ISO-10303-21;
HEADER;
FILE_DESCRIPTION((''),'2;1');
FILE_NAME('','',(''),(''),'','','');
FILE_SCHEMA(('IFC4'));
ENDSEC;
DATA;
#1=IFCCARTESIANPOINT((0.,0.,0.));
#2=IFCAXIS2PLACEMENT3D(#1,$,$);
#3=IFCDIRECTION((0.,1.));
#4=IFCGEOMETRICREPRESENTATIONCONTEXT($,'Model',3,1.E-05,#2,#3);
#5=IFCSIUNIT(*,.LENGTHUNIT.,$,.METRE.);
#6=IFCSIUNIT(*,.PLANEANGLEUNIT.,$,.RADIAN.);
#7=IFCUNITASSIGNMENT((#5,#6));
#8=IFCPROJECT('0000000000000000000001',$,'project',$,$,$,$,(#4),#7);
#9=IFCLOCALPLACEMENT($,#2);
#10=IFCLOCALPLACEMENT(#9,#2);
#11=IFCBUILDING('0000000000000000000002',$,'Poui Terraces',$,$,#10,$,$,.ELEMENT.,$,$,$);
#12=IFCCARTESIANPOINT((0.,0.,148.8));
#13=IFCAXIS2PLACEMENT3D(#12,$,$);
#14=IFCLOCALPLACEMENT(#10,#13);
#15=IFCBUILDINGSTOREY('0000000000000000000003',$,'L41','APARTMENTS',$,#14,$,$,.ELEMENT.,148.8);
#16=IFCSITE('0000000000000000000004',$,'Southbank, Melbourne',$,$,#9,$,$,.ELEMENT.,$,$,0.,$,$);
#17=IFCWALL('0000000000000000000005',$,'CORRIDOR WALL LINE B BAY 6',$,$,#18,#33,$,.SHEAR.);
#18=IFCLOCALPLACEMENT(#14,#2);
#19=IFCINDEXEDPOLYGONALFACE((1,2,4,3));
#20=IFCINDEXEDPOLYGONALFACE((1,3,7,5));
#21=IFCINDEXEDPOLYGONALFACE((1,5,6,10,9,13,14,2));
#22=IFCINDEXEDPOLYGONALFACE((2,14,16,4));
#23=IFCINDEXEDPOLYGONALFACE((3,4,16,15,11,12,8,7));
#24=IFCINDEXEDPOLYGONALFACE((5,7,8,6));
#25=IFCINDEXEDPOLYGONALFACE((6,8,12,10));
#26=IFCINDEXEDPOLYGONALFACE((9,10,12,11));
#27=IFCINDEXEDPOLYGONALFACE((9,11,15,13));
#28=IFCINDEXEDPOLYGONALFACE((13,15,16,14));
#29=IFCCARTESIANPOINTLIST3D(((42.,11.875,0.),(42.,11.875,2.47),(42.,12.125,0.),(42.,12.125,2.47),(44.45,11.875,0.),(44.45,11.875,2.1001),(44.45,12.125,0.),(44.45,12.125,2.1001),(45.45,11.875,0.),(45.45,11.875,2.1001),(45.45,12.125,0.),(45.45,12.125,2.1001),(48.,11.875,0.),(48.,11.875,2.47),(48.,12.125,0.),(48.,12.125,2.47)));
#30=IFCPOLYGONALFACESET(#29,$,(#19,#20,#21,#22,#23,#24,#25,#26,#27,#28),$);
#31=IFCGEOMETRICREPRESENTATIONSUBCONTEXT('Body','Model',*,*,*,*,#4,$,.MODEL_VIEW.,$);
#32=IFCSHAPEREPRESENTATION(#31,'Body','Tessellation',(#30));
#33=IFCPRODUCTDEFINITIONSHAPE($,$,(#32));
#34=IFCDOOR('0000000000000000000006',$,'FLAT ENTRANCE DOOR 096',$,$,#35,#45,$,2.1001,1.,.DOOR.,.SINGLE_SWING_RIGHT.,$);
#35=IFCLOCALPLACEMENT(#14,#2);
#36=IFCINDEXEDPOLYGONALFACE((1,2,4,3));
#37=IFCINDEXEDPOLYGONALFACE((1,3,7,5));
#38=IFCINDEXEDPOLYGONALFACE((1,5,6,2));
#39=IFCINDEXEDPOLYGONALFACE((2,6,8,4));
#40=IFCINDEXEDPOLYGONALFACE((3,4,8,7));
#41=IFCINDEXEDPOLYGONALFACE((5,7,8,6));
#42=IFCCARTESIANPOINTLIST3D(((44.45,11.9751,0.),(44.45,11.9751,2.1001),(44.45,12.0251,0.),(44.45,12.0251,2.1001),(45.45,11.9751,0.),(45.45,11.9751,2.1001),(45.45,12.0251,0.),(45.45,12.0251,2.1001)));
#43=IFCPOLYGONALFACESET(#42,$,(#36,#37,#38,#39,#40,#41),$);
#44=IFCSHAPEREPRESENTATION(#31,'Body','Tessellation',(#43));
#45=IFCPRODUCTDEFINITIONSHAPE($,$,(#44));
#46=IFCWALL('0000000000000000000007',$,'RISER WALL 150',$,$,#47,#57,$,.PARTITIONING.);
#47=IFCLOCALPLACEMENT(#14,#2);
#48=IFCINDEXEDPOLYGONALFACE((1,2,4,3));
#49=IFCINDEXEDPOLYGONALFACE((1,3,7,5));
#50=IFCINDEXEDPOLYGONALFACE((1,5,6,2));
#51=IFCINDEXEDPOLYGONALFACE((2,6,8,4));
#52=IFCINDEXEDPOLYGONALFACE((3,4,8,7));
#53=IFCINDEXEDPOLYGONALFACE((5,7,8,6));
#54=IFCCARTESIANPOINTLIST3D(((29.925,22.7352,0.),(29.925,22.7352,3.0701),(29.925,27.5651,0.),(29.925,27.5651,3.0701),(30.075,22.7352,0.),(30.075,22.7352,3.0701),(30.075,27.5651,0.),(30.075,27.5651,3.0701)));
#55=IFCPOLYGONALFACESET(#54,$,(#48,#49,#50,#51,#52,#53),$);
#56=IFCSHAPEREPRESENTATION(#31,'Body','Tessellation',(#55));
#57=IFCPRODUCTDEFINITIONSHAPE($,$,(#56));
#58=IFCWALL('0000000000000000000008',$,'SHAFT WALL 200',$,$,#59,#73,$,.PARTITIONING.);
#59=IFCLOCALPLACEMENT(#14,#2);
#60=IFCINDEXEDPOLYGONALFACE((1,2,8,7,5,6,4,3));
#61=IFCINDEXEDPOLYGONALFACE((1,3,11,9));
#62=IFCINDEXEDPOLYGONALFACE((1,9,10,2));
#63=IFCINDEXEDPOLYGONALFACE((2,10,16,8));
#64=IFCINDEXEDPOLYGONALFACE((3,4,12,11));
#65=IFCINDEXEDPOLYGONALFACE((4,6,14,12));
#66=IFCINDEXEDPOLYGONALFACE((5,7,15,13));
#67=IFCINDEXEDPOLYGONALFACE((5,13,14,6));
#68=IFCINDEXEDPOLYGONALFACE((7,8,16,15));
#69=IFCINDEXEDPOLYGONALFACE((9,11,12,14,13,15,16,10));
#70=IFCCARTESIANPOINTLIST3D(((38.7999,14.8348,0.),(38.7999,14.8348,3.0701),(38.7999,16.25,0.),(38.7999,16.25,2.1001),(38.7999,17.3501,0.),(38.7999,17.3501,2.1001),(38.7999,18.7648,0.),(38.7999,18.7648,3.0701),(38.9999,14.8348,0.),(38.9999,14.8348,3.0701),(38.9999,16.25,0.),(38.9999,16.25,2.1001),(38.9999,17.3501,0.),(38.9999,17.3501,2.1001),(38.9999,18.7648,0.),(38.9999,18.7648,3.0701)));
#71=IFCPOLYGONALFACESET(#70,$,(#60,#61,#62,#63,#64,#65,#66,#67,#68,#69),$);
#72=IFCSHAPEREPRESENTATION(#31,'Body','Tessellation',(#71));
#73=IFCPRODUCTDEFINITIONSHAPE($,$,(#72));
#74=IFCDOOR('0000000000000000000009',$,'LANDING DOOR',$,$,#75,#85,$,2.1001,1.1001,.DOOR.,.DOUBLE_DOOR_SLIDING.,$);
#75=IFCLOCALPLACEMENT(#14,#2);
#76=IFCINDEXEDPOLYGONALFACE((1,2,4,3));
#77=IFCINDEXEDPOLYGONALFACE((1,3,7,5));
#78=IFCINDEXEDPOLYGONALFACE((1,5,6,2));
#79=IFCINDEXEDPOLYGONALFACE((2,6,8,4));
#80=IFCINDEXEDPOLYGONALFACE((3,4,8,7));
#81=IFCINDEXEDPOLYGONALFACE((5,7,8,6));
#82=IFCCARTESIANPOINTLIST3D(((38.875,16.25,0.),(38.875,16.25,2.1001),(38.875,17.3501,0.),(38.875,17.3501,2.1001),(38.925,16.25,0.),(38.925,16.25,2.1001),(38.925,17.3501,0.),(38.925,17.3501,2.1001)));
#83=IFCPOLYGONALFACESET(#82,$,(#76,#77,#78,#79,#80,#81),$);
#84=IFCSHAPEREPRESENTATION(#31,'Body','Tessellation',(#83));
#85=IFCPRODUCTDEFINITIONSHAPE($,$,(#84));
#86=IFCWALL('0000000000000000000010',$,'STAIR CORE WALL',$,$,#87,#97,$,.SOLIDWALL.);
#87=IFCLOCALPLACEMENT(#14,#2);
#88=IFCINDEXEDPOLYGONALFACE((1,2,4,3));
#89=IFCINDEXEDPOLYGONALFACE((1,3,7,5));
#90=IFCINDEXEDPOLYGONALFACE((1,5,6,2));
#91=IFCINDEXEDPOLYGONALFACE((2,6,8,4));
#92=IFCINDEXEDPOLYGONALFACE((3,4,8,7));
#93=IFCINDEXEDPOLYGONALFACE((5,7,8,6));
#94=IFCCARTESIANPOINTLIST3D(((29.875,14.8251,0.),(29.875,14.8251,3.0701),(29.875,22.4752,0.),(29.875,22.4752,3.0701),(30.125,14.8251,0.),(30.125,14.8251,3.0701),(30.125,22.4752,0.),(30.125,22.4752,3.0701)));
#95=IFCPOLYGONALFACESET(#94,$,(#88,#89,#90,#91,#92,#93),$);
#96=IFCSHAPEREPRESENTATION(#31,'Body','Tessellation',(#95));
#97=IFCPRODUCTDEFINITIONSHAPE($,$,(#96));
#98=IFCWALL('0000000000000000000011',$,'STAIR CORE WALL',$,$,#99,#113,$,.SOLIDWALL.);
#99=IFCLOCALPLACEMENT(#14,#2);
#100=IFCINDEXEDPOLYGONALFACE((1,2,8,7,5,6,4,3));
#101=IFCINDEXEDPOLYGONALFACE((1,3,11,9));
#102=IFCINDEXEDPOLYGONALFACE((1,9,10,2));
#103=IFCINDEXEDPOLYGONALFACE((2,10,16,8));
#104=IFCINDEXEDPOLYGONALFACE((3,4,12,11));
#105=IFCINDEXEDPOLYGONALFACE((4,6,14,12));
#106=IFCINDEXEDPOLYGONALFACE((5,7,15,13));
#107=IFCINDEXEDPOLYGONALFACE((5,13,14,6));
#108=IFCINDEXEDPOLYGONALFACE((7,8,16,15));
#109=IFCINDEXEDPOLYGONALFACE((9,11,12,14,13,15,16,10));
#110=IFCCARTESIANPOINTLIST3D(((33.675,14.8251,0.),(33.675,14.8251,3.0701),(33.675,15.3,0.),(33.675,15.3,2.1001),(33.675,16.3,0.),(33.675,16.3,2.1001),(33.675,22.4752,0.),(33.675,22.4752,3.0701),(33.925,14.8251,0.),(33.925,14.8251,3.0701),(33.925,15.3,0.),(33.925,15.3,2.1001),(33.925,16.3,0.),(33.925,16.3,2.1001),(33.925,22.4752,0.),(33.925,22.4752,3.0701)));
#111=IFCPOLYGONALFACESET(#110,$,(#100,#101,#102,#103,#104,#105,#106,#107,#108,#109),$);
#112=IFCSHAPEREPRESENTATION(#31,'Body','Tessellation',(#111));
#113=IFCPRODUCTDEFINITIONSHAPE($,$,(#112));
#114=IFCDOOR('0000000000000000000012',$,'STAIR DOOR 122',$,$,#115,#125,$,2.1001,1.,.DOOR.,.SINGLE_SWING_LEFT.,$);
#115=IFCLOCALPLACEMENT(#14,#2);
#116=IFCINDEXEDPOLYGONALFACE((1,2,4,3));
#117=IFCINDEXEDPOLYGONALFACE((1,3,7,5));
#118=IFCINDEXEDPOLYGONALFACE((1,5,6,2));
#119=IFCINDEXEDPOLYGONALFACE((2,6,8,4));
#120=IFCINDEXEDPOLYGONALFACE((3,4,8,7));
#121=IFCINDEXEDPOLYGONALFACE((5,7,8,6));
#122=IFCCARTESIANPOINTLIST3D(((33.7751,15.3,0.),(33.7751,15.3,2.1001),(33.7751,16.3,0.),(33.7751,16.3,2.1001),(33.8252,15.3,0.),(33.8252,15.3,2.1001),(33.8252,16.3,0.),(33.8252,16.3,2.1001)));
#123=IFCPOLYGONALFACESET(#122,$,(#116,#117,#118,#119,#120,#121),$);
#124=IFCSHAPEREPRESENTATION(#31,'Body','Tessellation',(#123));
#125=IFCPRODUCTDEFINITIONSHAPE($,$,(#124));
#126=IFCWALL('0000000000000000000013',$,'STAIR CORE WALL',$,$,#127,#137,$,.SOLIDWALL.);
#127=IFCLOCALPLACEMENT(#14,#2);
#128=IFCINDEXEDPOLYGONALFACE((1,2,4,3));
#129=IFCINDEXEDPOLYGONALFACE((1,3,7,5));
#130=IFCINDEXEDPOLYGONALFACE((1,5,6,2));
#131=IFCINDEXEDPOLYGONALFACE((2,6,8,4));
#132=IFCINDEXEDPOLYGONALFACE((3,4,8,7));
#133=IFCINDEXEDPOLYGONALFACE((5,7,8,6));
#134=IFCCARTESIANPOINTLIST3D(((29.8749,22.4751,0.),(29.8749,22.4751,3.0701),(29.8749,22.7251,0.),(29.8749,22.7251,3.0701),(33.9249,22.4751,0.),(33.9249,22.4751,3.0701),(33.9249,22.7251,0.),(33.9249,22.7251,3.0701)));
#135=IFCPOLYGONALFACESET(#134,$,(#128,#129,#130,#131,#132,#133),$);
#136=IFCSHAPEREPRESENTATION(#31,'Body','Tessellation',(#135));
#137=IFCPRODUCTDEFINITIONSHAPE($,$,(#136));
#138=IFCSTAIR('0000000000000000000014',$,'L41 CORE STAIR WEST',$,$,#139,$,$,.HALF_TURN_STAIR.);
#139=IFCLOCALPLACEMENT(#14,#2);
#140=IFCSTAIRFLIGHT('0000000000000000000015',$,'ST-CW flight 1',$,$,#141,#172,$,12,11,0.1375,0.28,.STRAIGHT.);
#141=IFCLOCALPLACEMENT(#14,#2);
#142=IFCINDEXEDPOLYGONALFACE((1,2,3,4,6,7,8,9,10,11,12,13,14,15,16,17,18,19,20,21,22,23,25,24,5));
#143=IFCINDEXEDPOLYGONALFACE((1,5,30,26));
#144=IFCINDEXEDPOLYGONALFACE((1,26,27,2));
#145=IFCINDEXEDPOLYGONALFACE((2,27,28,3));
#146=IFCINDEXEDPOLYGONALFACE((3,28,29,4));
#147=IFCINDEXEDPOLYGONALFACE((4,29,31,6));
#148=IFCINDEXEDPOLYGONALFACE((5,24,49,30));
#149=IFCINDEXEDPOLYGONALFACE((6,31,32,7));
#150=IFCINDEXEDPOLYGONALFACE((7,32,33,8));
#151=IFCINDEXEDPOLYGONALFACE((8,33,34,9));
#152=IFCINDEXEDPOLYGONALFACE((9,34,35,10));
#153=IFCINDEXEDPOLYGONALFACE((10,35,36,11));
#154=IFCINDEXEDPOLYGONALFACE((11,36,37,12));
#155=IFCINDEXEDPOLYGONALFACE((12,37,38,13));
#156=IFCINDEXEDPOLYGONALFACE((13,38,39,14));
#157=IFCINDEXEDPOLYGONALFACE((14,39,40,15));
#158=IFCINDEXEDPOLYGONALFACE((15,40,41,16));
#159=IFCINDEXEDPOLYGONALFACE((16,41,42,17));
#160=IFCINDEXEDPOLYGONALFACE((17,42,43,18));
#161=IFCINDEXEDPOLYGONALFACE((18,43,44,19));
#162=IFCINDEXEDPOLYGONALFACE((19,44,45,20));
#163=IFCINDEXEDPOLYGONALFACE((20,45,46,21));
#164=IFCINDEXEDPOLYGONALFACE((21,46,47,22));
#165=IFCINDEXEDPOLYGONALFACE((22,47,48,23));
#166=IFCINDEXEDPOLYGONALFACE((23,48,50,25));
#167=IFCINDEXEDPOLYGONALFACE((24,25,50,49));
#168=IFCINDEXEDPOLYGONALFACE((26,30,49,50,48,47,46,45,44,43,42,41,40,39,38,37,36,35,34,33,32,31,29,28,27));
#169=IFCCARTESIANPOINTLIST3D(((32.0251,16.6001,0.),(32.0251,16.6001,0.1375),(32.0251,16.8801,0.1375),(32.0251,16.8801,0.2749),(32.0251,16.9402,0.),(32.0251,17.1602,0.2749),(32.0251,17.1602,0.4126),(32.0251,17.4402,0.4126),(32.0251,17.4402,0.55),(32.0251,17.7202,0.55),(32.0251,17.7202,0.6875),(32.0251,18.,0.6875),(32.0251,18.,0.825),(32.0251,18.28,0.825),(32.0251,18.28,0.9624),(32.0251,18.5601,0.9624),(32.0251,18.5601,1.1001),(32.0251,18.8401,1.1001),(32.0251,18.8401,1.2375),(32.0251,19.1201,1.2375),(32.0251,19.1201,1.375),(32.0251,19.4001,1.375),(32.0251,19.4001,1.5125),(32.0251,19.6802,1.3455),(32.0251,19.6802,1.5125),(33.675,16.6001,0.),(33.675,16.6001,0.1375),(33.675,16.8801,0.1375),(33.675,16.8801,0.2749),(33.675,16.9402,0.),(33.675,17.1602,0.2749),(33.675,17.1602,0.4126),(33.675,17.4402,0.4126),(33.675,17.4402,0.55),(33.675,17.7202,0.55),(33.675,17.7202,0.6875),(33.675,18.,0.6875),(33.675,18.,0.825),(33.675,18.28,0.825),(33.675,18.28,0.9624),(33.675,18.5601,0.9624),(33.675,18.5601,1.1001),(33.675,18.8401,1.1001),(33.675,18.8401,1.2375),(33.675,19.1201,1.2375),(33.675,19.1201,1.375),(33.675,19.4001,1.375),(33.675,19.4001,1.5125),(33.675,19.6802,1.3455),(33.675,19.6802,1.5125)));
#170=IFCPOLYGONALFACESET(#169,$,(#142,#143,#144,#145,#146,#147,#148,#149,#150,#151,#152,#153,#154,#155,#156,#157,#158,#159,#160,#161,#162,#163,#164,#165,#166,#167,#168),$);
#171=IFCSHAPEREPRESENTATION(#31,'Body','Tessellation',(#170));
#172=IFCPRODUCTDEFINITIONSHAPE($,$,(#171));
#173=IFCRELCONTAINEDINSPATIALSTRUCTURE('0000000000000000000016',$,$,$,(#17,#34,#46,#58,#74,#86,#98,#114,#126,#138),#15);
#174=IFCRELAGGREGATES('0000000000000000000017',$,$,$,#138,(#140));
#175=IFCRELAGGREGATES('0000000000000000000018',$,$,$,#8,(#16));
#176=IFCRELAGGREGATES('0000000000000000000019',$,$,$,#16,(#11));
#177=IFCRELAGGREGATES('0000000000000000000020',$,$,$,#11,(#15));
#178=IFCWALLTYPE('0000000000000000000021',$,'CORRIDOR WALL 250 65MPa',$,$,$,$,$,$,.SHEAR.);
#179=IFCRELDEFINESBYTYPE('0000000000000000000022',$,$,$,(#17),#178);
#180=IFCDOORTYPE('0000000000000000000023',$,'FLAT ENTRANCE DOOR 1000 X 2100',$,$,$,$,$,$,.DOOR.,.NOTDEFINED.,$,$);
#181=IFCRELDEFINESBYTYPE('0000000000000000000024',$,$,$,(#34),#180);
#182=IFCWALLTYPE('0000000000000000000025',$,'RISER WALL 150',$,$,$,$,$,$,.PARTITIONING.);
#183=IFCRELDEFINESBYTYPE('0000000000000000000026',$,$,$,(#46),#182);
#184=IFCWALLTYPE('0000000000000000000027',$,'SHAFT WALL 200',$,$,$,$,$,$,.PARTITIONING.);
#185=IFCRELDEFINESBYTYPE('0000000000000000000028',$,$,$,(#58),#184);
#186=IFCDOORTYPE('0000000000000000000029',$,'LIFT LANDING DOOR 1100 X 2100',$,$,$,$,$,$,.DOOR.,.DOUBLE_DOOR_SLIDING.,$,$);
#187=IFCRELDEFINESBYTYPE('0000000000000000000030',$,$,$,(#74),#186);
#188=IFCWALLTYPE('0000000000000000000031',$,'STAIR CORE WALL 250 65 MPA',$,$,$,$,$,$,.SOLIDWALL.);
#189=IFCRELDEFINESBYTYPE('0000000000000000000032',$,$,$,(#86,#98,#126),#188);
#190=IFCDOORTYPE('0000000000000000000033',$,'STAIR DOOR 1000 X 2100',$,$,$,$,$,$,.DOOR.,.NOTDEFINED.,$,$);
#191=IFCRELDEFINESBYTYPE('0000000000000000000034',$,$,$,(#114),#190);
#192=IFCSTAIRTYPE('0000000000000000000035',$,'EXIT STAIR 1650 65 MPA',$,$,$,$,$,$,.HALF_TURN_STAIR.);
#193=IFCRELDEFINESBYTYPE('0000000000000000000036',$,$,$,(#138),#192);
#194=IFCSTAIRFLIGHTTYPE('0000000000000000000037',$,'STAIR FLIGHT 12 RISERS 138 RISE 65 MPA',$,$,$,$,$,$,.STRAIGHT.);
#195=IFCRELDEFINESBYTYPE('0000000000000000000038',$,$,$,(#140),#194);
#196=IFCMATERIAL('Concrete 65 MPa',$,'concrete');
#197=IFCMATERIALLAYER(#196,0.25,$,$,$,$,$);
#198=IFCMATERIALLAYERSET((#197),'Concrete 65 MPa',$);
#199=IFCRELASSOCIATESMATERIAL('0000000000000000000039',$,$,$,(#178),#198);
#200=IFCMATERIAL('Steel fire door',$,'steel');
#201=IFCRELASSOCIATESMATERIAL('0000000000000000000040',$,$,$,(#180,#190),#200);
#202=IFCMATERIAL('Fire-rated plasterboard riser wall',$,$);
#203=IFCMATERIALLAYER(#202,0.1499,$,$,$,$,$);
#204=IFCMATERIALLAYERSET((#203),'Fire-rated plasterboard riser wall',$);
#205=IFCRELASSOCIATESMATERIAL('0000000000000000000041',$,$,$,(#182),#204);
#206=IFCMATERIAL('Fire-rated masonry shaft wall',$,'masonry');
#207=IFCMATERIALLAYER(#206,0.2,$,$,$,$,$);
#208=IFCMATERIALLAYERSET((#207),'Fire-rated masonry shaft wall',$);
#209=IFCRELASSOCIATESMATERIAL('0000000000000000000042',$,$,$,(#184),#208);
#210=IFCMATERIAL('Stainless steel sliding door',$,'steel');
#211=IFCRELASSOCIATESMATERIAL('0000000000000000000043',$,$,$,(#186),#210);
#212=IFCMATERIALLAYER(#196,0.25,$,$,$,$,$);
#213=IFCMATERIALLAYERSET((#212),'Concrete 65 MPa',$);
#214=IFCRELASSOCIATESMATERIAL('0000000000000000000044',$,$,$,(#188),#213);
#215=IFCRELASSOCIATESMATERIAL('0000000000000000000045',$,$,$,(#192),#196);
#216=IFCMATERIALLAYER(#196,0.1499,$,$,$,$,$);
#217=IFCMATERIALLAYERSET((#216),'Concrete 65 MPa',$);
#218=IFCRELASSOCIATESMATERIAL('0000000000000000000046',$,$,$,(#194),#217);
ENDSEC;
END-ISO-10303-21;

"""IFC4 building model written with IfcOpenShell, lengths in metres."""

from ifc_helpers import new_model, si_unit, direction, frame, frame_2d, origin, place, context, subcontext, project, spatial, polyline, rectangle, outline, extrude, material, layer, layer_set, type_object, element, fill, aggregate, save


model = new_model("IFC4")

# Units and contexts
model_context = context("Model", 3, precision=1e-05, world=origin(), true_north=direction((0.0, 1.0)))
body_context = subcontext(model_context, "Body", "Model", "MODEL_VIEW")
ifc_project = project(units=[si_unit("LENGTHUNIT", "METRE"), si_unit("PLANEANGLEUNIT", "RADIAN")], contexts=[model_context])

# Site, building, storey
site_placement = place(None, origin())
site = spatial("IfcSite", under=ifc_project, at=site_placement, Name="Southbank, Melbourne", CompositionType="ELEMENT", RefElevation=0.0)
building_placement = place(site_placement, origin())
building = spatial("IfcBuilding", under=site, at=building_placement, Name="Poui Terraces", CompositionType="ELEMENT")
storey_placement = place(building_placement, frame((0.0, 0.0, 148.8)))
storey = spatial("IfcBuildingStorey", under=building, at=storey_placement, Name="L41", Description="APARTMENTS", CompositionType="ELEMENT", Elevation=148.8)

# Shared definitions
ifc_material_1 = material(Name="Concrete 65 MPa", Category="concrete")

# Shared definitions
ifc_material_2 = material(Name="Steel fire door", Category="steel")

# Shared definitions
ifc_layer_1 = layer(ifc_material_1, 0.25)
ifc_layer_set_1 = layer_set([ifc_layer_1], Name="Concrete 65 MPa")
wall_type_1 = type_object("IfcWallType", Name="CORRIDOR WALL 250 65MPa", PredefinedType="SHEAR", material=ifc_layer_set_1)
door_type_1 = type_object("IfcDoorType", Name="FLAT ENTRANCE DOOR 1000 X 2100", OperationType="NOTDEFINED", PredefinedType="DOOR", material=ifc_material_2)

# Wall, opening, door
wall_1_placement = place(storey_placement, frame((42.0, 12.0, 0.0), z_axis=(0.0, 0.0, 1.0), x_axis=(1.0, 0.0, 0.0)))
wall_1 = element("IfcWall", 1, at=wall_1_placement, inside=storey, type_object=wall_type_1, Name="CORRIDOR WALL LINE B BAY 6", PredefinedType="SHEAR", context=body_context, shape_type="SweptSolid", body=[
    extrude(rectangle(XDim=6.0, YDim=0.25, at=frame_2d((3.0, 0.0))), origin(), (0.0, 0.0, 1.0), 2.47),
])
opening_1_placement = place(wall_1_placement, frame((2.45, 0.0, 0.0)))
opening_1 = element("IfcOpeningElement", 2, at=opening_1_placement, cuts=wall_1, PredefinedType="OPENING", context=body_context, shape_type="SweptSolid", body=[
    extrude(rectangle(XDim=1.0, YDim=2.1001, at=frame_2d((0.5, 1.05))), frame((0.0, 0.135, 0.0), z_axis=(0.0, -1.0, 0.0), x_axis=(1.0, 0.0, 0.0)), (0.0, 0.0, 1.0), 0.27),
])
door_1_placement = place(opening_1_placement, frame((1.0, 0.0, 0.0), z_axis=(0.0, 0.0, 1.0), x_axis=(-1.0, 0.0, 0.0)))
door_1 = element("IfcDoor", 3, at=door_1_placement, inside=storey, type_object=door_type_1, Name="FLAT ENTRANCE DOOR 096", OperationType="SINGLE_SWING_RIGHT", OverallHeight=2.1001, OverallWidth=1.0, PredefinedType="DOOR", context=body_context, shape_type="SweptSolid", body=[
    extrude(rectangle(XDim=1.0, YDim=2.1001, at=frame_2d((0.5, 1.05))), frame((0.0, 0.0249, 0.0), z_axis=(0.0, -1.0, 0.0), x_axis=(1.0, 0.0, 0.0)), (0.0, 0.0, 1.0), 0.05),
])
fill(opening_1, door_1)

# Wall
ifc_material_3 = material(Name="Fire-rated plasterboard riser wall")
ifc_layer_2 = layer(ifc_material_3, 0.1499)
ifc_layer_set_2 = layer_set([ifc_layer_2], Name="Fire-rated plasterboard riser wall")
wall_type_2 = type_object("IfcWallType", Name="RISER WALL 150", PredefinedType="PARTITIONING", material=ifc_layer_set_2)
wall_2_placement = place(storey_placement, frame((30.0, 22.7351, 0.0), z_axis=(0.0, 0.0, 1.0), x_axis=(0.0, 1.0, 0.0)))
element("IfcWall", 4, at=wall_2_placement, inside=storey, type_object=wall_type_2, Name="RISER WALL 150", PredefinedType="PARTITIONING", context=body_context, shape_type="SweptSolid", body=[
    extrude(rectangle(XDim=4.8298, YDim=0.1499, at=frame_2d((2.415, 0.0))), origin(), (0.0, 0.0, 1.0), 3.0701),
])

# Wall, opening, door
ifc_material_4 = material(Name="Fire-rated masonry shaft wall", Category="masonry")
ifc_layer_3 = layer(ifc_material_4, 0.2)
ifc_layer_set_3 = layer_set([ifc_layer_3], Name="Fire-rated masonry shaft wall")
wall_type_3 = type_object("IfcWallType", Name="SHAFT WALL 200", PredefinedType="PARTITIONING", material=ifc_layer_set_3)
wall_3_placement = place(storey_placement, frame((38.8999, 14.835, 0.0), z_axis=(0.0, 0.0, 1.0), x_axis=(0.0, 1.0, 0.0)))
wall_3 = element("IfcWall", 5, at=wall_3_placement, inside=storey, type_object=wall_type_3, Name="SHAFT WALL 200", PredefinedType="PARTITIONING", context=body_context, shape_type="SweptSolid", body=[
    extrude(rectangle(XDim=3.9299, YDim=0.2, at=frame_2d((1.9648, 0.0))), origin(), (0.0, 0.0, 1.0), 3.0701),
])
opening_2_placement = place(wall_3_placement, frame((1.415, 0.0, 0.0)))
opening_2 = element("IfcOpeningElement", 6, at=opening_2_placement, cuts=wall_3, PredefinedType="OPENING", context=body_context, shape_type="SweptSolid", body=[
    extrude(rectangle(XDim=1.1001, YDim=2.1001, at=frame_2d((0.55, 1.05))), frame((0.0, 0.1099, 0.0), z_axis=(0.0, -1.0, 0.0), x_axis=(1.0, 0.0, 0.0)), (0.0, 0.0, 1.0), 0.22),
])
ifc_material_5 = material(Name="Stainless steel sliding door", Category="steel")
door_type_2 = type_object("IfcDoorType", Name="LIFT LANDING DOOR 1100 X 2100", OperationType="DOUBLE_DOOR_SLIDING", PredefinedType="DOOR", material=ifc_material_5)
door_2_placement = place(opening_2_placement, origin())
door_2 = element("IfcDoor", 7, at=door_2_placement, inside=storey, type_object=door_type_2, Name="LANDING DOOR", OperationType="DOUBLE_DOOR_SLIDING", OverallHeight=2.1001, OverallWidth=1.1001, PredefinedType="DOOR", context=body_context, shape_type="SweptSolid", body=[
    extrude(rectangle(XDim=1.1001, YDim=2.1001, at=frame_2d((0.55, 1.05))), frame((0.0, 0.0249, 0.0), z_axis=(0.0, -1.0, 0.0), x_axis=(1.0, 0.0, 0.0)), (0.0, 0.0, 1.0), 0.05),
])
fill(opening_2, door_2)

# Wall
ifc_layer_4 = layer(ifc_material_1, 0.25)
ifc_layer_set_4 = layer_set([ifc_layer_4], Name="Concrete 65 MPa")
wall_type_4 = type_object("IfcWallType", Name="STAIR CORE WALL 250 65 MPA", PredefinedType="SOLIDWALL", material=ifc_layer_set_4)
wall_4_placement = place(storey_placement, frame((30.0, 14.825, 0.0), z_axis=(0.0, 0.0, 1.0), x_axis=(0.0, 1.0, 0.0)))
element("IfcWall", 8, at=wall_4_placement, inside=storey, type_object=wall_type_4, Name="STAIR CORE WALL", PredefinedType="SOLIDWALL", context=body_context, shape_type="SweptSolid", body=[
    extrude(rectangle(XDim=7.6501, YDim=0.25, at=frame_2d((3.8252, 0.0))), origin(), (0.0, 0.0, 1.0), 3.0701),
])

# Wall, opening, door
wall_5_placement = place(storey_placement, frame((33.8, 14.825, 0.0), z_axis=(0.0, 0.0, 1.0), x_axis=(0.0, 1.0, 0.0)))
wall_5 = element("IfcWall", 9, at=wall_5_placement, inside=storey, type_object=wall_type_4, Name="STAIR CORE WALL", PredefinedType="SOLIDWALL", context=body_context, shape_type="SweptSolid", body=[
    extrude(rectangle(XDim=7.6501, YDim=0.25, at=frame_2d((3.8252, 0.0))), origin(), (0.0, 0.0, 1.0), 3.0701),
])
opening_3_placement = place(wall_5_placement, frame((0.4751, 0.0, 0.0)))
opening_3 = element("IfcOpeningElement", 10, at=opening_3_placement, cuts=wall_5, PredefinedType="OPENING", context=body_context, shape_type="SweptSolid", body=[
    extrude(rectangle(XDim=1.0, YDim=2.1001, at=frame_2d((0.5, 1.05))), frame((0.0, 0.135, 0.0), z_axis=(0.0, -1.0, 0.0), x_axis=(1.0, 0.0, 0.0)), (0.0, 0.0, 1.0), 0.27),
])
door_type_3 = type_object("IfcDoorType", Name="STAIR DOOR 1000 X 2100", OperationType="NOTDEFINED", PredefinedType="DOOR", material=ifc_material_2)
door_3_placement = place(opening_3_placement, origin())
door_3 = element("IfcDoor", 11, at=door_3_placement, inside=storey, type_object=door_type_3, Name="STAIR DOOR 122", OperationType="SINGLE_SWING_LEFT", OverallHeight=2.1001, OverallWidth=1.0, PredefinedType="DOOR", context=body_context, shape_type="SweptSolid", body=[
    extrude(rectangle(XDim=1.0, YDim=2.1001, at=frame_2d((0.5, 1.05))), frame((0.0, 0.0249, 0.0), z_axis=(0.0, -1.0, 0.0), x_axis=(1.0, 0.0, 0.0)), (0.0, 0.0, 1.0), 0.05),
])
fill(opening_3, door_3)

# Wall
wall_6_placement = place(storey_placement, frame((29.875, 22.6001, 0.0), z_axis=(0.0, 0.0, 1.0), x_axis=(1.0, 0.0, 0.0)))
element("IfcWall", 12, at=wall_6_placement, inside=storey, type_object=wall_type_4, Name="STAIR CORE WALL", PredefinedType="SOLIDWALL", context=body_context, shape_type="SweptSolid", body=[
    extrude(rectangle(XDim=4.05, YDim=0.25, at=frame_2d((2.0249, 0.0))), origin(), (0.0, 0.0, 1.0), 3.0701),
])

# Stair, stair flight
stair_type = type_object("IfcStairType", Name="EXIT STAIR 1650 65 MPA", PredefinedType="HALF_TURN_STAIR", material=ifc_material_1)
stair_placement = place(storey_placement, origin())
stair = element("IfcStair", 13, at=stair_placement, inside=storey, type_object=stair_type, Name="L41 CORE STAIR WEST", PredefinedType="HALF_TURN_STAIR")
ifc_layer_5 = layer(ifc_material_1, 0.1499)
ifc_layer_set_5 = layer_set([ifc_layer_5], Name="Concrete 65 MPa")
stair_flight_type = type_object("IfcStairFlightType", Name="STAIR FLIGHT 12 RISERS 138 RISE 65 MPA", PredefinedType="STRAIGHT", material=ifc_layer_set_5)
stair_flight_1_placement = place(storey_placement, frame((32.8501, 16.6001, 0.0), z_axis=(0.0, 0.0, 1.0), x_axis=(0.0, 1.0, 0.0)))
stair_flight_1 = element("IfcStairFlight", 14, at=stair_flight_1_placement, type_object=stair_flight_type, Name="ST-CW flight 1", NumberOfRisers=12, NumberOfTreads=11, PredefinedType="STRAIGHT", RiserHeight=0.1375, TreadLength=0.28, context=body_context, shape_type="SweptSolid", body=[
    extrude(outline(polyline([(0.0, 0.0), (0.0, 0.1375), (0.28, 0.1375), (0.28, 0.2749), (0.5601, 0.2749), (0.5601, 0.4126), (0.8401, 0.4126), (0.8401, 0.55), (1.1201, 0.55), (1.1201, 0.6875), (1.3999, 0.6875), (1.3999, 0.825), (1.6799, 0.825), (1.6799, 0.9624), (1.96, 0.9624), (1.96, 1.1001), (2.24, 1.1001), (2.24, 1.2375), (2.52, 1.2375), (2.52, 1.375), (2.8, 1.375), (2.8, 1.5125), (3.0801, 1.5125), (3.0801, 1.6499), (3.0801, 1.3455), (0.3401, 0.0), (0.0, 0.0)])), frame((0.0, 0.825, 0.0), z_axis=(0.0, -1.0, 0.0), x_axis=(1.0, 0.0, 0.0)), (0.0, 0.0, 1.0), 1.6499),
])
aggregate(stair, [stair_flight_1])

save(model, "model.ifc")
